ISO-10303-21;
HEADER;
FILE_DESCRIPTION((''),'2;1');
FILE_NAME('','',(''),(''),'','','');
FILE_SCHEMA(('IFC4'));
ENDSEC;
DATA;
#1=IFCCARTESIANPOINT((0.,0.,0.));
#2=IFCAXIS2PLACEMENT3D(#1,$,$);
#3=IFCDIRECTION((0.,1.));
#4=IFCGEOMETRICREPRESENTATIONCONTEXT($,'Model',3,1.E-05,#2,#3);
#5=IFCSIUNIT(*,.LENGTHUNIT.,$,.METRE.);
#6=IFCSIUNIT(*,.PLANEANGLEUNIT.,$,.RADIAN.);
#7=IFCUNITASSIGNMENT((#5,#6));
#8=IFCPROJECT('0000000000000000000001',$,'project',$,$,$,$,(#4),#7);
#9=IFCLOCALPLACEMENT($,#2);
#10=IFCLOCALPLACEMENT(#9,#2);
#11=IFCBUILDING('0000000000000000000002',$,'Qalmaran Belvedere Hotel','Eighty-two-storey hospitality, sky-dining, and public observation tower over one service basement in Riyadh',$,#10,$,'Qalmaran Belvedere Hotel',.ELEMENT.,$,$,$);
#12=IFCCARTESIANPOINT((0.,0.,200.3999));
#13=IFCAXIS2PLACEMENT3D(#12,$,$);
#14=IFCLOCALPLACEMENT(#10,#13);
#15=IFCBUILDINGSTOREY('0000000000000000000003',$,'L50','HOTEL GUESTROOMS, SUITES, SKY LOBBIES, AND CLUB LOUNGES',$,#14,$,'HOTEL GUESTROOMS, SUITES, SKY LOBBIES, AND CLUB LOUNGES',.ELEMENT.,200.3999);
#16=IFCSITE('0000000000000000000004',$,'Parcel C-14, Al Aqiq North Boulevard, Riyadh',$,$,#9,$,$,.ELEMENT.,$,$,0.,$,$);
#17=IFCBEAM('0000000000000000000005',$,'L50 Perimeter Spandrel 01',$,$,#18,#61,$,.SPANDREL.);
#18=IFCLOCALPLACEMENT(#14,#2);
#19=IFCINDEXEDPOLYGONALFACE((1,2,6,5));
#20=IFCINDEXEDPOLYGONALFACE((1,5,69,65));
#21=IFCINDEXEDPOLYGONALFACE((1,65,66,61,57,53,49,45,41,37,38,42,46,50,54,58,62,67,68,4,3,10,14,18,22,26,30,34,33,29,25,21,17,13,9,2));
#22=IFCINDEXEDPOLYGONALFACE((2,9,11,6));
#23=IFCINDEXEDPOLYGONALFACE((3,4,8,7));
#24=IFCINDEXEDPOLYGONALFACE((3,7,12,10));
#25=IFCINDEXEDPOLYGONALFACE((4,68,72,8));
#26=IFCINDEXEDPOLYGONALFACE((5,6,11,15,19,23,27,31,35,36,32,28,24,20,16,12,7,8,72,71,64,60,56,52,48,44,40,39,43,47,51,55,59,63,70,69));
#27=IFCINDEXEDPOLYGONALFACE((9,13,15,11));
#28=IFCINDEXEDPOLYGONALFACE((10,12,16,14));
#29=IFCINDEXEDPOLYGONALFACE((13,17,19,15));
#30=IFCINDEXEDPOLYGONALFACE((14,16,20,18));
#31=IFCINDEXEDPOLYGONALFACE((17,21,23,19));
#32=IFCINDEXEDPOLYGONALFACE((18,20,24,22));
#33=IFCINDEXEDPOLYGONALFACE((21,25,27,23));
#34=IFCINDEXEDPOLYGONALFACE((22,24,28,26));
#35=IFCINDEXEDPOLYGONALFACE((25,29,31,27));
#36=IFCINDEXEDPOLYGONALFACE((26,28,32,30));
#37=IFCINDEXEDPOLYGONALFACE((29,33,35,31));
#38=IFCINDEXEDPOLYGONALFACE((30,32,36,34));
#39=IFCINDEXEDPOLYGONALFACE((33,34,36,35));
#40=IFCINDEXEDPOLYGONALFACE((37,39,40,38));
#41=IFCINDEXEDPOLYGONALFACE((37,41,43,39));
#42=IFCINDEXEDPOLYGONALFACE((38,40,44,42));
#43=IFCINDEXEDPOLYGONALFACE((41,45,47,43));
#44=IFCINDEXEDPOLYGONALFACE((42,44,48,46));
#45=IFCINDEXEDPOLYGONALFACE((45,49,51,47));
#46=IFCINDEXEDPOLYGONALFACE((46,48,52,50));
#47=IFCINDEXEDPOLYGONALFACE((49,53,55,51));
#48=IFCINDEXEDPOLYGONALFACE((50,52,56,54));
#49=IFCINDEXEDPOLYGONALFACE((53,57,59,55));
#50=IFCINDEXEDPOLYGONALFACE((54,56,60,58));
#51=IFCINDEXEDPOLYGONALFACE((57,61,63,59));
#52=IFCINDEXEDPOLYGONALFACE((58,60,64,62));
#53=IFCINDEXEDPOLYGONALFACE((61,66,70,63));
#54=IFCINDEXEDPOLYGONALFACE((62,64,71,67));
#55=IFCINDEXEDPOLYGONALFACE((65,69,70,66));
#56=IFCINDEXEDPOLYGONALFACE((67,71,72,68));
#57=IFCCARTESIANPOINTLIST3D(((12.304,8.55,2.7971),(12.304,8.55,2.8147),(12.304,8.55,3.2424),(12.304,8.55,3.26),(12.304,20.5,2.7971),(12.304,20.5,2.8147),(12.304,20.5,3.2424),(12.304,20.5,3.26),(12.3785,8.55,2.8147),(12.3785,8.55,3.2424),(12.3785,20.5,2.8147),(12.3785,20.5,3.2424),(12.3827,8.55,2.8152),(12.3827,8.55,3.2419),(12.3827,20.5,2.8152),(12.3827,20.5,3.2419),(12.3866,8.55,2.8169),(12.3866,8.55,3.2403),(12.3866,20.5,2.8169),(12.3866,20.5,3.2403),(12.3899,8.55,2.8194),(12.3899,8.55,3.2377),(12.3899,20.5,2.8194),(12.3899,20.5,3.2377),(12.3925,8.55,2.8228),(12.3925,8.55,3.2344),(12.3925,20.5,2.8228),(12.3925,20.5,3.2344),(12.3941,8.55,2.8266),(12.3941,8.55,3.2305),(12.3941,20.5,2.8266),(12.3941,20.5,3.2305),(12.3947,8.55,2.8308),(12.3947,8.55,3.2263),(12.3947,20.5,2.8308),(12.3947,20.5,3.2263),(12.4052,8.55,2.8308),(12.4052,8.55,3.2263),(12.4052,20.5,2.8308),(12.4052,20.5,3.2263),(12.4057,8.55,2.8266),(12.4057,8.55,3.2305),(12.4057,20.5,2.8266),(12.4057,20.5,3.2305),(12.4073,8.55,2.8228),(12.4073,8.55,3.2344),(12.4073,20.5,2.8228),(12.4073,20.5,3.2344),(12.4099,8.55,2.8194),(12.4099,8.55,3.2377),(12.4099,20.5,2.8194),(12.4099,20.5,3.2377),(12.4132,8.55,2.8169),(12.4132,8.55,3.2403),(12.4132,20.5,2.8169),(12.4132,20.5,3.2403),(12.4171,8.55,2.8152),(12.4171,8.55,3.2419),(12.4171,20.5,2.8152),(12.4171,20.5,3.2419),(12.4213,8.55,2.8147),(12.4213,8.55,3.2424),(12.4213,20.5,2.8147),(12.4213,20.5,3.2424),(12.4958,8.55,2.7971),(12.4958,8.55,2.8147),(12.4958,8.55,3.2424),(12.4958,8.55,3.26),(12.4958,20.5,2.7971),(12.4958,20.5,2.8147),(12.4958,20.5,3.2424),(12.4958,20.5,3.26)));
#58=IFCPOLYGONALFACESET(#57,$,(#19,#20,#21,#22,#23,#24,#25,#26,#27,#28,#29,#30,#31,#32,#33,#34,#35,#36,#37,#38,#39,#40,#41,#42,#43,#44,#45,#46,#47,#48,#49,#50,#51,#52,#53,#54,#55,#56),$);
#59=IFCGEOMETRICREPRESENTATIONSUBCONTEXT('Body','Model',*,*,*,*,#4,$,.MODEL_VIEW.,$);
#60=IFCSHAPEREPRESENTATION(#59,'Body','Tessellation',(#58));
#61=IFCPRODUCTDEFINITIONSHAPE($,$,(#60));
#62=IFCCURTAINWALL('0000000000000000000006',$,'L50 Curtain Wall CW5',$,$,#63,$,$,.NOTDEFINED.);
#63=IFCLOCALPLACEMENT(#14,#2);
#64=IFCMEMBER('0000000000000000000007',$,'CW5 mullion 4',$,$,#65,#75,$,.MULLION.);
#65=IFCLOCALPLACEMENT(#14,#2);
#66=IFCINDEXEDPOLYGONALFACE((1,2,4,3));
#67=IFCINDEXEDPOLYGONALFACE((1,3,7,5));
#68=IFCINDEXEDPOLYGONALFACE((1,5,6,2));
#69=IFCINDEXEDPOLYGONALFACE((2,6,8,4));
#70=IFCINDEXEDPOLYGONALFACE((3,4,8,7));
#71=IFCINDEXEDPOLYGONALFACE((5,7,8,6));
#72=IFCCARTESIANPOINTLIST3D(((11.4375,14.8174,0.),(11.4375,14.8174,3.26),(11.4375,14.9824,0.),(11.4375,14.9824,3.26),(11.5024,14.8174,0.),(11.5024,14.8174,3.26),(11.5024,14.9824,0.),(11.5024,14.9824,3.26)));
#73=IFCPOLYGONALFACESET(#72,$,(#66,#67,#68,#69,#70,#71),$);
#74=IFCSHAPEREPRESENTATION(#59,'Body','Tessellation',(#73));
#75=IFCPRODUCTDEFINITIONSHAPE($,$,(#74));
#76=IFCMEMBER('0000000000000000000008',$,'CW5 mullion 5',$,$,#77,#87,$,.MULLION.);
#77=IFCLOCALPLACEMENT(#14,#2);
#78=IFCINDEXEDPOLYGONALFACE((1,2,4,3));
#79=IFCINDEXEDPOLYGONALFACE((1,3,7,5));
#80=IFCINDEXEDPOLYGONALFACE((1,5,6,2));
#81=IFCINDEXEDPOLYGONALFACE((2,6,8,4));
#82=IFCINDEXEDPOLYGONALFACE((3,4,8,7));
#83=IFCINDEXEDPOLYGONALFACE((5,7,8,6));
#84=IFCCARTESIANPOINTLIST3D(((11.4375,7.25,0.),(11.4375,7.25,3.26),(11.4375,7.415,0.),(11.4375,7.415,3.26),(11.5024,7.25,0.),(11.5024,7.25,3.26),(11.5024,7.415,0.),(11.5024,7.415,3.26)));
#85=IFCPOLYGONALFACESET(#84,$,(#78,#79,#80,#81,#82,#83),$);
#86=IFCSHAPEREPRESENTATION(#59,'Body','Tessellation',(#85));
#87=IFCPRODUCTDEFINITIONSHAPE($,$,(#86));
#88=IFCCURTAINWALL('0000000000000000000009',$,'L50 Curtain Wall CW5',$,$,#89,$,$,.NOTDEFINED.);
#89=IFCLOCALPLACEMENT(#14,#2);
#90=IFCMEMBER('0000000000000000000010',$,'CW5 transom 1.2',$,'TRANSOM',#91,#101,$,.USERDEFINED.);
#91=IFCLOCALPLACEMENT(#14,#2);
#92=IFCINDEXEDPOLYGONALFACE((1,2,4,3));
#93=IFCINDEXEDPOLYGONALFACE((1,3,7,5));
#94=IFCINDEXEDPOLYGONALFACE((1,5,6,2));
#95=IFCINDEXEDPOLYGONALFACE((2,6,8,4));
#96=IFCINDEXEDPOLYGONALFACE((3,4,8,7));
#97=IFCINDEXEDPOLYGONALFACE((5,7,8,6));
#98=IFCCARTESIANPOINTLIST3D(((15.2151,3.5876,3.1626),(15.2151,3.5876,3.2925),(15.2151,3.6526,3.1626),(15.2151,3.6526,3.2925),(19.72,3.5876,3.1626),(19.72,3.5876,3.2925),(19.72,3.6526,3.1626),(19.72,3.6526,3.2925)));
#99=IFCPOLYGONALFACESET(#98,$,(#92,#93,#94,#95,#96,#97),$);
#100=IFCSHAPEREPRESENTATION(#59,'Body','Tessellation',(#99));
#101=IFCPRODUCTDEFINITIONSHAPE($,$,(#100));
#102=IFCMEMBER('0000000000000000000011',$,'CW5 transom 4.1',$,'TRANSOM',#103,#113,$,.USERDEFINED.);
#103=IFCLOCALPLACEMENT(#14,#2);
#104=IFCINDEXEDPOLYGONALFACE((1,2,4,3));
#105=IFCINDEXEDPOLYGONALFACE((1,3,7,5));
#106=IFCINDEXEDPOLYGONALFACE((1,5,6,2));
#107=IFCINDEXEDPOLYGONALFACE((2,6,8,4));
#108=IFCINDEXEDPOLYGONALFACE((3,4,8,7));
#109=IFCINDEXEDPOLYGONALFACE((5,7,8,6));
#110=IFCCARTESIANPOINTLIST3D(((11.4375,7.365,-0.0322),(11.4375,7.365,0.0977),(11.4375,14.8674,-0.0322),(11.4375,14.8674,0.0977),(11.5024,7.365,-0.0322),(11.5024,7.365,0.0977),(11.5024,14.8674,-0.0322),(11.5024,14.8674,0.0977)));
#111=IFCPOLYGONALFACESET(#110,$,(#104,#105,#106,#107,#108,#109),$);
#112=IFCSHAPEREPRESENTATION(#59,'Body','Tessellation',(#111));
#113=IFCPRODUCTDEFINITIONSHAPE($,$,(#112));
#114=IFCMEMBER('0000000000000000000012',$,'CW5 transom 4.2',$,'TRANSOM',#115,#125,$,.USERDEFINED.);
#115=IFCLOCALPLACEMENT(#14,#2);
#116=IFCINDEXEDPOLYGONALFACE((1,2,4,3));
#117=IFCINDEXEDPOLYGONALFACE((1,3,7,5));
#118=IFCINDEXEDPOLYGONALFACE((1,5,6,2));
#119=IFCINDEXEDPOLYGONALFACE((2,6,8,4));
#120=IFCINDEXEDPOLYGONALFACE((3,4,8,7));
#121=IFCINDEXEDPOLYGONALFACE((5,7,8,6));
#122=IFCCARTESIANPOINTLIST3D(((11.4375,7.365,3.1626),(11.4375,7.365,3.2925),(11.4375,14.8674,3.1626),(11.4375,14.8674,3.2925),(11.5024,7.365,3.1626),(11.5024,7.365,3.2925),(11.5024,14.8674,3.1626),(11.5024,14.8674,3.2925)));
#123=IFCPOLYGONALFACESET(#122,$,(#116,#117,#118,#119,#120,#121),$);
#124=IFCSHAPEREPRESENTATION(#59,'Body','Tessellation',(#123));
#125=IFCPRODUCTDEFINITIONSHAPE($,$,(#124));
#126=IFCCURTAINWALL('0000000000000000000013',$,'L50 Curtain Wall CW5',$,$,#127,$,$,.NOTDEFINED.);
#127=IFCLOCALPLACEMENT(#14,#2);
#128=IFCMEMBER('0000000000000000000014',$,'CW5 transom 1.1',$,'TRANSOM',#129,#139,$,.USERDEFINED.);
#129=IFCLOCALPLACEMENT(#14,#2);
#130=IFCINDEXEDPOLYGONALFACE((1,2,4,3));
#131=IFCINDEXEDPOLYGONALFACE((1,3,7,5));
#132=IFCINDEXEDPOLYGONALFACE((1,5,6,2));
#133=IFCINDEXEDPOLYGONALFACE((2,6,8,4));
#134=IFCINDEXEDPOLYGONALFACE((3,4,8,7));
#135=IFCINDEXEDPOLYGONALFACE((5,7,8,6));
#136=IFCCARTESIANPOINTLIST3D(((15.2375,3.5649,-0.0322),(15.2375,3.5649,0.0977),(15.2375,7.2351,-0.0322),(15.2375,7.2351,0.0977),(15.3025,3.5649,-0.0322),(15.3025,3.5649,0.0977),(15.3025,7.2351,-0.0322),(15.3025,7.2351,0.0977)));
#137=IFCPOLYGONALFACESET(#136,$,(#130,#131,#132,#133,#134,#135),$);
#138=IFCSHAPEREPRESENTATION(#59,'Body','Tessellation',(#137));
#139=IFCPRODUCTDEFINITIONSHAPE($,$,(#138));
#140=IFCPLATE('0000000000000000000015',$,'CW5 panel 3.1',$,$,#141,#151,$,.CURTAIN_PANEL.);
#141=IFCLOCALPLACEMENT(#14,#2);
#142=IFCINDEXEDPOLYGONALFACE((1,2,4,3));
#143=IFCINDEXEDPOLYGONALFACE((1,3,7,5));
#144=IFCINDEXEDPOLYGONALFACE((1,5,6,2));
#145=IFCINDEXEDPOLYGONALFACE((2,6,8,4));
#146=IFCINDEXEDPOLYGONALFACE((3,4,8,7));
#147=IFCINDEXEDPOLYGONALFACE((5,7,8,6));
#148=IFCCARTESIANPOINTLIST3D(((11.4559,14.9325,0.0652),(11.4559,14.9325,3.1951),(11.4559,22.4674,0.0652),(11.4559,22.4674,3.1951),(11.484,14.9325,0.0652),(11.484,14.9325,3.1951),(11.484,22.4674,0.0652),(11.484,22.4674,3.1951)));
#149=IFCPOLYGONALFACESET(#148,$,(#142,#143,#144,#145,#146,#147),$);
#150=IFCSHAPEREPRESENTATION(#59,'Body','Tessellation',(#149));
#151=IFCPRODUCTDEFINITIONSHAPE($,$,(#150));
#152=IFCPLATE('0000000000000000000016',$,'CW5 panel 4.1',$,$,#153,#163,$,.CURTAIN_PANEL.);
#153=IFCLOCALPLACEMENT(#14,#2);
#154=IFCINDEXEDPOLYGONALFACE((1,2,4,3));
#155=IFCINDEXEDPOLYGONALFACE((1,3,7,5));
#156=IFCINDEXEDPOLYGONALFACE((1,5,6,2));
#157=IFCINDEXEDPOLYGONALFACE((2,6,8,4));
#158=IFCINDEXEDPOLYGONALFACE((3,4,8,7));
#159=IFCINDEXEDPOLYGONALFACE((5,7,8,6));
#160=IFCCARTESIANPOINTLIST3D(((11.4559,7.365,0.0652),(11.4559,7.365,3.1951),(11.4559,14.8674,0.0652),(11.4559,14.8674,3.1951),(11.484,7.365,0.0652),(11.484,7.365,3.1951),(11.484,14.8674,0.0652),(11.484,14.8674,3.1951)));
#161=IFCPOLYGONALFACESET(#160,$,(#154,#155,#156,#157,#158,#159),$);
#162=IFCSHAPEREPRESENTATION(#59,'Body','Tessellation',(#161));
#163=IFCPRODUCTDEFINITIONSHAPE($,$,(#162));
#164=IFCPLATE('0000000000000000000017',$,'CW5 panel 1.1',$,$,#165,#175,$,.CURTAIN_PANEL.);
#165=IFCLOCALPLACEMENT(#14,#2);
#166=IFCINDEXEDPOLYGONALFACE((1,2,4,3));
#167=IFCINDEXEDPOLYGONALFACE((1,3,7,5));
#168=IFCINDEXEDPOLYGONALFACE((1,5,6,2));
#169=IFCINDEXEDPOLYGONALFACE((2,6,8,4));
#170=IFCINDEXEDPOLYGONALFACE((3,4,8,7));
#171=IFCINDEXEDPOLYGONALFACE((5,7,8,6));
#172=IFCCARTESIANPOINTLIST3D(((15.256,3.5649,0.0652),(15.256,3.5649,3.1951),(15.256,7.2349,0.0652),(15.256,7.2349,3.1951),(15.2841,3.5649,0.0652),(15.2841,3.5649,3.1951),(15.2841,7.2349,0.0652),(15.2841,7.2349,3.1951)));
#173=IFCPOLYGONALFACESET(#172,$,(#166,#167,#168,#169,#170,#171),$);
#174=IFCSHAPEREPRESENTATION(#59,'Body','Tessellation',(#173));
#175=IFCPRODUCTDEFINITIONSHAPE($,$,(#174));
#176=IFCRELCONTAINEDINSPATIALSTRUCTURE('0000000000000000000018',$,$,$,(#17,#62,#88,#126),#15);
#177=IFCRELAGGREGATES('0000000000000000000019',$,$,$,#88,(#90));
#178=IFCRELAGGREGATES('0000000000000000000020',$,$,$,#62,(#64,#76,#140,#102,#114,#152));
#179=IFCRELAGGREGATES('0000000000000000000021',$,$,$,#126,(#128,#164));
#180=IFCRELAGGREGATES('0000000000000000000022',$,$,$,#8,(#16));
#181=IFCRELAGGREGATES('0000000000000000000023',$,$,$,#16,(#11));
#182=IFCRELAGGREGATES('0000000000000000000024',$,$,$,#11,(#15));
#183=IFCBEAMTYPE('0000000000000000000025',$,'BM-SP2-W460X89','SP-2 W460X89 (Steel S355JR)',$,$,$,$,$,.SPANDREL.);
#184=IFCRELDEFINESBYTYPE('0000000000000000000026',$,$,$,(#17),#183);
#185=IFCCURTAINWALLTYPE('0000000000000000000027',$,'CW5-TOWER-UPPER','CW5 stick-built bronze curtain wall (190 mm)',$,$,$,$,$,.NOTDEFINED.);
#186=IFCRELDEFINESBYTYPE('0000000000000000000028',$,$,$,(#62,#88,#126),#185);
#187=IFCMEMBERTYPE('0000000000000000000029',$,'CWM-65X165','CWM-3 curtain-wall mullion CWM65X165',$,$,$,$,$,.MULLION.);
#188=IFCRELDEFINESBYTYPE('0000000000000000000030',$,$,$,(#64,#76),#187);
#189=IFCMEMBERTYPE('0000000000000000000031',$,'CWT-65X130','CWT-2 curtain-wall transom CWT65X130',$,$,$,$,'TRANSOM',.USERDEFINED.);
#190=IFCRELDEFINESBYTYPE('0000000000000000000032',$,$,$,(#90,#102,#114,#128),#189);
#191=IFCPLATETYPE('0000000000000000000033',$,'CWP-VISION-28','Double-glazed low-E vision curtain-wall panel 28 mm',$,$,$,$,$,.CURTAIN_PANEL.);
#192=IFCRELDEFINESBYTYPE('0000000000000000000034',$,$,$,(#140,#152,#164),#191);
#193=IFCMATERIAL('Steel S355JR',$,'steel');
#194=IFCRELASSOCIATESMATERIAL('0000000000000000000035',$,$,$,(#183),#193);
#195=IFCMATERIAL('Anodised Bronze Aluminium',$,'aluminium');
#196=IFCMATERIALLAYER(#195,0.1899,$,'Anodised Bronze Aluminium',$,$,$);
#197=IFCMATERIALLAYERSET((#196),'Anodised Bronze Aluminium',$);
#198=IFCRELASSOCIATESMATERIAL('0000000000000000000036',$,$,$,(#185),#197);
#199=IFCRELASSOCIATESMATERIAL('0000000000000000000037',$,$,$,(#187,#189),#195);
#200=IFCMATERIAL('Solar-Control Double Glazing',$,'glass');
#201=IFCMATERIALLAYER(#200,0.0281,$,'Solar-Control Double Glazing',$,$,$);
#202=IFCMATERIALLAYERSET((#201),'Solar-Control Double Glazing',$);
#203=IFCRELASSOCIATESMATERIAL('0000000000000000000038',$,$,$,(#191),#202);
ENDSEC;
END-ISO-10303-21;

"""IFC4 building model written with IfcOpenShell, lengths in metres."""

from ifc_helpers import new_model, si_unit, direction, frame, origin, origin_2d, place, context, subcontext, project, spatial, rectangle, i_section, extrude, material, layer, layer_set, material_profile, profile_set, type_object, element, aggregate, save


model = new_model("IFC4")

# Units and contexts
model_context = context("Model", 3, precision=1e-05, world=origin(), true_north=direction((0.0, 1.0)))
body_context = subcontext(model_context, "Body", "Model", "MODEL_VIEW")
ifc_project = project(units=[si_unit("LENGTHUNIT", "METRE"), si_unit("PLANEANGLEUNIT", "RADIAN")], contexts=[model_context])

# Site, building, storey
site_placement = place(None, origin())
site = spatial("IfcSite", under=ifc_project, at=site_placement, Name="Parcel C-14, Al Aqiq North Boulevard, Riyadh", CompositionType="ELEMENT", RefElevation=0.0)
building_placement = place(site_placement, origin())
building = spatial("IfcBuilding", under=site, at=building_placement, Name="Qalmaran Belvedere Hotel", Description="Eighty-two-storey hospitality, sky-dining, and public observation tower over one service basement in Riyadh", LongName="Qalmaran Belvedere Hotel", CompositionType="ELEMENT")
storey_placement = place(building_placement, frame((0.0, 0.0, 200.3999)))
storey = spatial("IfcBuildingStorey", under=building, at=storey_placement, Name="L50", Description="HOTEL GUESTROOMS, SUITES, SKY LOBBIES, AND CLUB LOUNGES", LongName="HOTEL GUESTROOMS, SUITES, SKY LOBBIES, AND CLUB LOUNGES", CompositionType="ELEMENT", Elevation=200.3999)

# Beam
ifc_material_1 = material(Name="Steel S355JR", Category="steel")
ifc_material_profile_1 = material_profile(ifc_material_1, i_section(OverallWidth=0.1919, OverallDepth=0.4629, WebThickness=0.0105, FlangeThickness=0.0176, FilletRadius=0.0161, at=origin_2d()), Name="W460X89")
ifc_profile_set_1 = profile_set([ifc_material_profile_1], Name="Steel S355JR")
beam_type_1 = type_object("IfcBeamType", Name="BM-SP2-W460X89", Description="SP-2 W460X89 (Steel S355JR)", PredefinedType="SPANDREL", material=ifc_profile_set_1)
beam_1_placement = place(storey_placement, frame((12.3999, 8.55, 3.0286), z_axis=(0.0, 1.0, 0.0), x_axis=(-1.0, 0.0, 0.0)))
element("IfcBeam", 1, at=beam_1_placement, inside=storey, type_object=beam_type_1, Name="L50 Perimeter Spandrel 01", PredefinedType="SPANDREL", context=body_context, shape_type="SweptSolid", body=[
    extrude(i_section(OverallWidth=0.1919, OverallDepth=0.4629, WebThickness=0.0105, FlangeThickness=0.0176, FilletRadius=0.0161, at=origin_2d()), origin(), (0.0, 0.0, 1.0), 11.95),
])

# Curtain wall, members
ifc_material_2 = material(Name="Anodised Bronze Aluminium", Category="aluminium")
ifc_layer_1 = layer(ifc_material_2, 0.1899, Name="Anodised Bronze Aluminium")
ifc_layer_set_1 = layer_set([ifc_layer_1], Name="Anodised Bronze Aluminium")
curtain_wall_type = type_object("IfcCurtainWallType", Name="CW5-TOWER-UPPER", Description="CW5 stick-built bronze curtain wall (190 mm)", PredefinedType="NOTDEFINED", material=ifc_layer_set_1)
curtain_wall_1_placement = place(storey_placement, origin())
curtain_wall_1 = element("IfcCurtainWall", 2, at=curtain_wall_1_placement, inside=storey, type_object=curtain_wall_type, Name="L50 Curtain Wall CW5", PredefinedType="NOTDEFINED")
ifc_material_profile_2 = material_profile(ifc_material_2, rectangle(XDim=0.0649, YDim=0.165, at=origin_2d()), Name="CWM65X165")
ifc_profile_set_2 = profile_set([ifc_material_profile_2], Name="Anodised Bronze Aluminium")
member_type_1 = type_object("IfcMemberType", Name="CWM-65X165", Description="CWM-3 curtain-wall mullion CWM65X165", PredefinedType="MULLION", material=ifc_profile_set_2)
member_1_placement = place(storey_placement, frame((11.47, 14.8999, 0.0), z_axis=(0.0, 0.0, 1.0), x_axis=(1.0, 0.0, 0.0)))
member_1 = element("IfcMember", 3, at=member_1_placement, type_object=member_type_1, Name="CW5 mullion 4", PredefinedType="MULLION", context=body_context, shape_type="SweptSolid", body=[
    extrude(rectangle(XDim=0.0649, YDim=0.165, at=origin_2d()), origin(), (0.0, 0.0, 1.0), 3.26),
])
member_2_placement = place(storey_placement, frame((11.47, 7.3325, 0.0), z_axis=(0.0, 0.0, 1.0), x_axis=(1.0, 0.0, 0.0)))
member_2 = element("IfcMember", 4, at=member_2_placement, type_object=member_type_1, Name="CW5 mullion 5", PredefinedType="MULLION", context=body_context, shape_type="SweptSolid", body=[
    extrude(rectangle(XDim=0.0649, YDim=0.165, at=origin_2d()), origin(), (0.0, 0.0, 1.0), 3.26),
])

# Curtain wall, member
curtain_wall_2_placement = place(storey_placement, origin())
curtain_wall_2 = element("IfcCurtainWall", 5, at=curtain_wall_2_placement, inside=storey, type_object=curtain_wall_type, Name="L50 Curtain Wall CW5", PredefinedType="NOTDEFINED")
ifc_material_profile_3 = material_profile(ifc_material_2, rectangle(XDim=0.0649, YDim=0.1299, at=origin_2d()), Name="CWT65X130")
ifc_profile_set_3 = profile_set([ifc_material_profile_3], Name="Anodised Bronze Aluminium")
member_type_2 = type_object("IfcMemberType", Name="CWT-65X130", Description="CWT-2 curtain-wall transom CWT65X130", ElementType="TRANSOM", PredefinedType="USERDEFINED", material=ifc_profile_set_3)
member_3_placement = place(storey_placement, frame((15.2151, 3.6201, 3.2275), z_axis=(1.0, 0.0, 0.0), x_axis=(0.0, 1.0, 0.0)))
member_3 = element("IfcMember", 6, at=member_3_placement, type_object=member_type_2, Name="CW5 transom 1.2", ObjectType="TRANSOM", PredefinedType="USERDEFINED", context=body_context, shape_type="SweptSolid", body=[
    extrude(rectangle(XDim=0.0649, YDim=0.1299, at=origin_2d()), origin(), (0.0, 0.0, 1.0), 4.5049),
])
aggregate(curtain_wall_2, [member_3])

# Members
member_4_placement = place(storey_placement, frame((11.47, 14.8674, 0.0327), z_axis=(0.0, -1.0, 0.0), x_axis=(1.0, 0.0, 0.0)))
member_4 = element("IfcMember", 7, at=member_4_placement, type_object=member_type_2, Name="CW5 transom 4.1", ObjectType="TRANSOM", PredefinedType="USERDEFINED", context=body_context, shape_type="SweptSolid", body=[
    extrude(rectangle(XDim=0.0649, YDim=0.1299, at=origin_2d()), origin(), (0.0, 0.0, 1.0), 7.5024),
])
member_5_placement = place(storey_placement, frame((11.47, 14.8674, 3.2275), z_axis=(0.0, -1.0, 0.0), x_axis=(1.0, 0.0, 0.0)))
member_5 = element("IfcMember", 8, at=member_5_placement, type_object=member_type_2, Name="CW5 transom 4.2", ObjectType="TRANSOM", PredefinedType="USERDEFINED", context=body_context, shape_type="SweptSolid", body=[
    extrude(rectangle(XDim=0.0649, YDim=0.1299, at=origin_2d()), origin(), (0.0, 0.0, 1.0), 7.5024),
])

# Curtain wall, member
curtain_wall_3_placement = place(storey_placement, origin())
curtain_wall_3 = element("IfcCurtainWall", 9, at=curtain_wall_3_placement, inside=storey, type_object=curtain_wall_type, Name="L50 Curtain Wall CW5", PredefinedType="NOTDEFINED")
member_6_placement = place(storey_placement, frame((15.27, 7.2351, 0.0327), z_axis=(0.0, -1.0, 0.0), x_axis=(1.0, 0.0, 0.0)))
member_6 = element("IfcMember", 10, at=member_6_placement, type_object=member_type_2, Name="CW5 transom 1.1", ObjectType="TRANSOM", PredefinedType="USERDEFINED", context=body_context, shape_type="SweptSolid", body=[
    extrude(rectangle(XDim=0.0649, YDim=0.1299, at=origin_2d()), origin(), (0.0, 0.0, 1.0), 3.6702),
])

# Plates
ifc_material_3 = material(Name="Solar-Control Double Glazing", Category="glass")
ifc_layer_2 = layer(ifc_material_3, 0.0281, Name="Solar-Control Double Glazing")
ifc_layer_set_2 = layer_set([ifc_layer_2], Name="Solar-Control Double Glazing")
plate_type = type_object("IfcPlateType", Name="CWP-VISION-28", Description="Double-glazed low-E vision curtain-wall panel 28 mm", PredefinedType="CURTAIN_PANEL", material=ifc_layer_set_2)
plate_1_placement = place(storey_placement, frame((11.47, 18.7, 0.0652), z_axis=(0.0, 0.0, 1.0), x_axis=(0.0, -1.0, 0.0)))
plate_1 = element("IfcPlate", 11, at=plate_1_placement, type_object=plate_type, Name="CW5 panel 3.1", PredefinedType="CURTAIN_PANEL", context=body_context, shape_type="SweptSolid", body=[
    extrude(rectangle(XDim=7.5349, YDim=0.0281, at=origin_2d()), origin(), (0.0, 0.0, 1.0), 3.1299),
])
plate_2_placement = place(storey_placement, frame((11.47, 11.1162, 0.0652), z_axis=(0.0, 0.0, 1.0), x_axis=(0.0, -1.0, 0.0)))
plate_2 = element("IfcPlate", 12, at=plate_2_placement, type_object=plate_type, Name="CW5 panel 4.1", PredefinedType="CURTAIN_PANEL", context=body_context, shape_type="SweptSolid", body=[
    extrude(rectangle(XDim=7.5024, YDim=0.0281, at=origin_2d()), origin(), (0.0, 0.0, 1.0), 3.1299),
])
aggregate(curtain_wall_1, [member_1, member_2, plate_1, member_4, member_5, plate_2])
plate_3_placement = place(storey_placement, frame((15.27, 5.3999, 0.0652), z_axis=(0.0, 0.0, 1.0), x_axis=(0.0, -1.0, 0.0)))
plate_3 = element("IfcPlate", 13, at=plate_3_placement, type_object=plate_type, Name="CW5 panel 1.1", PredefinedType="CURTAIN_PANEL", context=body_context, shape_type="SweptSolid", body=[
    extrude(rectangle(XDim=3.6699, YDim=0.0281, at=origin_2d()), origin(), (0.0, 0.0, 1.0), 3.1299),
])
aggregate(curtain_wall_3, [member_6, plate_3])

save(model, "model.ifc")
